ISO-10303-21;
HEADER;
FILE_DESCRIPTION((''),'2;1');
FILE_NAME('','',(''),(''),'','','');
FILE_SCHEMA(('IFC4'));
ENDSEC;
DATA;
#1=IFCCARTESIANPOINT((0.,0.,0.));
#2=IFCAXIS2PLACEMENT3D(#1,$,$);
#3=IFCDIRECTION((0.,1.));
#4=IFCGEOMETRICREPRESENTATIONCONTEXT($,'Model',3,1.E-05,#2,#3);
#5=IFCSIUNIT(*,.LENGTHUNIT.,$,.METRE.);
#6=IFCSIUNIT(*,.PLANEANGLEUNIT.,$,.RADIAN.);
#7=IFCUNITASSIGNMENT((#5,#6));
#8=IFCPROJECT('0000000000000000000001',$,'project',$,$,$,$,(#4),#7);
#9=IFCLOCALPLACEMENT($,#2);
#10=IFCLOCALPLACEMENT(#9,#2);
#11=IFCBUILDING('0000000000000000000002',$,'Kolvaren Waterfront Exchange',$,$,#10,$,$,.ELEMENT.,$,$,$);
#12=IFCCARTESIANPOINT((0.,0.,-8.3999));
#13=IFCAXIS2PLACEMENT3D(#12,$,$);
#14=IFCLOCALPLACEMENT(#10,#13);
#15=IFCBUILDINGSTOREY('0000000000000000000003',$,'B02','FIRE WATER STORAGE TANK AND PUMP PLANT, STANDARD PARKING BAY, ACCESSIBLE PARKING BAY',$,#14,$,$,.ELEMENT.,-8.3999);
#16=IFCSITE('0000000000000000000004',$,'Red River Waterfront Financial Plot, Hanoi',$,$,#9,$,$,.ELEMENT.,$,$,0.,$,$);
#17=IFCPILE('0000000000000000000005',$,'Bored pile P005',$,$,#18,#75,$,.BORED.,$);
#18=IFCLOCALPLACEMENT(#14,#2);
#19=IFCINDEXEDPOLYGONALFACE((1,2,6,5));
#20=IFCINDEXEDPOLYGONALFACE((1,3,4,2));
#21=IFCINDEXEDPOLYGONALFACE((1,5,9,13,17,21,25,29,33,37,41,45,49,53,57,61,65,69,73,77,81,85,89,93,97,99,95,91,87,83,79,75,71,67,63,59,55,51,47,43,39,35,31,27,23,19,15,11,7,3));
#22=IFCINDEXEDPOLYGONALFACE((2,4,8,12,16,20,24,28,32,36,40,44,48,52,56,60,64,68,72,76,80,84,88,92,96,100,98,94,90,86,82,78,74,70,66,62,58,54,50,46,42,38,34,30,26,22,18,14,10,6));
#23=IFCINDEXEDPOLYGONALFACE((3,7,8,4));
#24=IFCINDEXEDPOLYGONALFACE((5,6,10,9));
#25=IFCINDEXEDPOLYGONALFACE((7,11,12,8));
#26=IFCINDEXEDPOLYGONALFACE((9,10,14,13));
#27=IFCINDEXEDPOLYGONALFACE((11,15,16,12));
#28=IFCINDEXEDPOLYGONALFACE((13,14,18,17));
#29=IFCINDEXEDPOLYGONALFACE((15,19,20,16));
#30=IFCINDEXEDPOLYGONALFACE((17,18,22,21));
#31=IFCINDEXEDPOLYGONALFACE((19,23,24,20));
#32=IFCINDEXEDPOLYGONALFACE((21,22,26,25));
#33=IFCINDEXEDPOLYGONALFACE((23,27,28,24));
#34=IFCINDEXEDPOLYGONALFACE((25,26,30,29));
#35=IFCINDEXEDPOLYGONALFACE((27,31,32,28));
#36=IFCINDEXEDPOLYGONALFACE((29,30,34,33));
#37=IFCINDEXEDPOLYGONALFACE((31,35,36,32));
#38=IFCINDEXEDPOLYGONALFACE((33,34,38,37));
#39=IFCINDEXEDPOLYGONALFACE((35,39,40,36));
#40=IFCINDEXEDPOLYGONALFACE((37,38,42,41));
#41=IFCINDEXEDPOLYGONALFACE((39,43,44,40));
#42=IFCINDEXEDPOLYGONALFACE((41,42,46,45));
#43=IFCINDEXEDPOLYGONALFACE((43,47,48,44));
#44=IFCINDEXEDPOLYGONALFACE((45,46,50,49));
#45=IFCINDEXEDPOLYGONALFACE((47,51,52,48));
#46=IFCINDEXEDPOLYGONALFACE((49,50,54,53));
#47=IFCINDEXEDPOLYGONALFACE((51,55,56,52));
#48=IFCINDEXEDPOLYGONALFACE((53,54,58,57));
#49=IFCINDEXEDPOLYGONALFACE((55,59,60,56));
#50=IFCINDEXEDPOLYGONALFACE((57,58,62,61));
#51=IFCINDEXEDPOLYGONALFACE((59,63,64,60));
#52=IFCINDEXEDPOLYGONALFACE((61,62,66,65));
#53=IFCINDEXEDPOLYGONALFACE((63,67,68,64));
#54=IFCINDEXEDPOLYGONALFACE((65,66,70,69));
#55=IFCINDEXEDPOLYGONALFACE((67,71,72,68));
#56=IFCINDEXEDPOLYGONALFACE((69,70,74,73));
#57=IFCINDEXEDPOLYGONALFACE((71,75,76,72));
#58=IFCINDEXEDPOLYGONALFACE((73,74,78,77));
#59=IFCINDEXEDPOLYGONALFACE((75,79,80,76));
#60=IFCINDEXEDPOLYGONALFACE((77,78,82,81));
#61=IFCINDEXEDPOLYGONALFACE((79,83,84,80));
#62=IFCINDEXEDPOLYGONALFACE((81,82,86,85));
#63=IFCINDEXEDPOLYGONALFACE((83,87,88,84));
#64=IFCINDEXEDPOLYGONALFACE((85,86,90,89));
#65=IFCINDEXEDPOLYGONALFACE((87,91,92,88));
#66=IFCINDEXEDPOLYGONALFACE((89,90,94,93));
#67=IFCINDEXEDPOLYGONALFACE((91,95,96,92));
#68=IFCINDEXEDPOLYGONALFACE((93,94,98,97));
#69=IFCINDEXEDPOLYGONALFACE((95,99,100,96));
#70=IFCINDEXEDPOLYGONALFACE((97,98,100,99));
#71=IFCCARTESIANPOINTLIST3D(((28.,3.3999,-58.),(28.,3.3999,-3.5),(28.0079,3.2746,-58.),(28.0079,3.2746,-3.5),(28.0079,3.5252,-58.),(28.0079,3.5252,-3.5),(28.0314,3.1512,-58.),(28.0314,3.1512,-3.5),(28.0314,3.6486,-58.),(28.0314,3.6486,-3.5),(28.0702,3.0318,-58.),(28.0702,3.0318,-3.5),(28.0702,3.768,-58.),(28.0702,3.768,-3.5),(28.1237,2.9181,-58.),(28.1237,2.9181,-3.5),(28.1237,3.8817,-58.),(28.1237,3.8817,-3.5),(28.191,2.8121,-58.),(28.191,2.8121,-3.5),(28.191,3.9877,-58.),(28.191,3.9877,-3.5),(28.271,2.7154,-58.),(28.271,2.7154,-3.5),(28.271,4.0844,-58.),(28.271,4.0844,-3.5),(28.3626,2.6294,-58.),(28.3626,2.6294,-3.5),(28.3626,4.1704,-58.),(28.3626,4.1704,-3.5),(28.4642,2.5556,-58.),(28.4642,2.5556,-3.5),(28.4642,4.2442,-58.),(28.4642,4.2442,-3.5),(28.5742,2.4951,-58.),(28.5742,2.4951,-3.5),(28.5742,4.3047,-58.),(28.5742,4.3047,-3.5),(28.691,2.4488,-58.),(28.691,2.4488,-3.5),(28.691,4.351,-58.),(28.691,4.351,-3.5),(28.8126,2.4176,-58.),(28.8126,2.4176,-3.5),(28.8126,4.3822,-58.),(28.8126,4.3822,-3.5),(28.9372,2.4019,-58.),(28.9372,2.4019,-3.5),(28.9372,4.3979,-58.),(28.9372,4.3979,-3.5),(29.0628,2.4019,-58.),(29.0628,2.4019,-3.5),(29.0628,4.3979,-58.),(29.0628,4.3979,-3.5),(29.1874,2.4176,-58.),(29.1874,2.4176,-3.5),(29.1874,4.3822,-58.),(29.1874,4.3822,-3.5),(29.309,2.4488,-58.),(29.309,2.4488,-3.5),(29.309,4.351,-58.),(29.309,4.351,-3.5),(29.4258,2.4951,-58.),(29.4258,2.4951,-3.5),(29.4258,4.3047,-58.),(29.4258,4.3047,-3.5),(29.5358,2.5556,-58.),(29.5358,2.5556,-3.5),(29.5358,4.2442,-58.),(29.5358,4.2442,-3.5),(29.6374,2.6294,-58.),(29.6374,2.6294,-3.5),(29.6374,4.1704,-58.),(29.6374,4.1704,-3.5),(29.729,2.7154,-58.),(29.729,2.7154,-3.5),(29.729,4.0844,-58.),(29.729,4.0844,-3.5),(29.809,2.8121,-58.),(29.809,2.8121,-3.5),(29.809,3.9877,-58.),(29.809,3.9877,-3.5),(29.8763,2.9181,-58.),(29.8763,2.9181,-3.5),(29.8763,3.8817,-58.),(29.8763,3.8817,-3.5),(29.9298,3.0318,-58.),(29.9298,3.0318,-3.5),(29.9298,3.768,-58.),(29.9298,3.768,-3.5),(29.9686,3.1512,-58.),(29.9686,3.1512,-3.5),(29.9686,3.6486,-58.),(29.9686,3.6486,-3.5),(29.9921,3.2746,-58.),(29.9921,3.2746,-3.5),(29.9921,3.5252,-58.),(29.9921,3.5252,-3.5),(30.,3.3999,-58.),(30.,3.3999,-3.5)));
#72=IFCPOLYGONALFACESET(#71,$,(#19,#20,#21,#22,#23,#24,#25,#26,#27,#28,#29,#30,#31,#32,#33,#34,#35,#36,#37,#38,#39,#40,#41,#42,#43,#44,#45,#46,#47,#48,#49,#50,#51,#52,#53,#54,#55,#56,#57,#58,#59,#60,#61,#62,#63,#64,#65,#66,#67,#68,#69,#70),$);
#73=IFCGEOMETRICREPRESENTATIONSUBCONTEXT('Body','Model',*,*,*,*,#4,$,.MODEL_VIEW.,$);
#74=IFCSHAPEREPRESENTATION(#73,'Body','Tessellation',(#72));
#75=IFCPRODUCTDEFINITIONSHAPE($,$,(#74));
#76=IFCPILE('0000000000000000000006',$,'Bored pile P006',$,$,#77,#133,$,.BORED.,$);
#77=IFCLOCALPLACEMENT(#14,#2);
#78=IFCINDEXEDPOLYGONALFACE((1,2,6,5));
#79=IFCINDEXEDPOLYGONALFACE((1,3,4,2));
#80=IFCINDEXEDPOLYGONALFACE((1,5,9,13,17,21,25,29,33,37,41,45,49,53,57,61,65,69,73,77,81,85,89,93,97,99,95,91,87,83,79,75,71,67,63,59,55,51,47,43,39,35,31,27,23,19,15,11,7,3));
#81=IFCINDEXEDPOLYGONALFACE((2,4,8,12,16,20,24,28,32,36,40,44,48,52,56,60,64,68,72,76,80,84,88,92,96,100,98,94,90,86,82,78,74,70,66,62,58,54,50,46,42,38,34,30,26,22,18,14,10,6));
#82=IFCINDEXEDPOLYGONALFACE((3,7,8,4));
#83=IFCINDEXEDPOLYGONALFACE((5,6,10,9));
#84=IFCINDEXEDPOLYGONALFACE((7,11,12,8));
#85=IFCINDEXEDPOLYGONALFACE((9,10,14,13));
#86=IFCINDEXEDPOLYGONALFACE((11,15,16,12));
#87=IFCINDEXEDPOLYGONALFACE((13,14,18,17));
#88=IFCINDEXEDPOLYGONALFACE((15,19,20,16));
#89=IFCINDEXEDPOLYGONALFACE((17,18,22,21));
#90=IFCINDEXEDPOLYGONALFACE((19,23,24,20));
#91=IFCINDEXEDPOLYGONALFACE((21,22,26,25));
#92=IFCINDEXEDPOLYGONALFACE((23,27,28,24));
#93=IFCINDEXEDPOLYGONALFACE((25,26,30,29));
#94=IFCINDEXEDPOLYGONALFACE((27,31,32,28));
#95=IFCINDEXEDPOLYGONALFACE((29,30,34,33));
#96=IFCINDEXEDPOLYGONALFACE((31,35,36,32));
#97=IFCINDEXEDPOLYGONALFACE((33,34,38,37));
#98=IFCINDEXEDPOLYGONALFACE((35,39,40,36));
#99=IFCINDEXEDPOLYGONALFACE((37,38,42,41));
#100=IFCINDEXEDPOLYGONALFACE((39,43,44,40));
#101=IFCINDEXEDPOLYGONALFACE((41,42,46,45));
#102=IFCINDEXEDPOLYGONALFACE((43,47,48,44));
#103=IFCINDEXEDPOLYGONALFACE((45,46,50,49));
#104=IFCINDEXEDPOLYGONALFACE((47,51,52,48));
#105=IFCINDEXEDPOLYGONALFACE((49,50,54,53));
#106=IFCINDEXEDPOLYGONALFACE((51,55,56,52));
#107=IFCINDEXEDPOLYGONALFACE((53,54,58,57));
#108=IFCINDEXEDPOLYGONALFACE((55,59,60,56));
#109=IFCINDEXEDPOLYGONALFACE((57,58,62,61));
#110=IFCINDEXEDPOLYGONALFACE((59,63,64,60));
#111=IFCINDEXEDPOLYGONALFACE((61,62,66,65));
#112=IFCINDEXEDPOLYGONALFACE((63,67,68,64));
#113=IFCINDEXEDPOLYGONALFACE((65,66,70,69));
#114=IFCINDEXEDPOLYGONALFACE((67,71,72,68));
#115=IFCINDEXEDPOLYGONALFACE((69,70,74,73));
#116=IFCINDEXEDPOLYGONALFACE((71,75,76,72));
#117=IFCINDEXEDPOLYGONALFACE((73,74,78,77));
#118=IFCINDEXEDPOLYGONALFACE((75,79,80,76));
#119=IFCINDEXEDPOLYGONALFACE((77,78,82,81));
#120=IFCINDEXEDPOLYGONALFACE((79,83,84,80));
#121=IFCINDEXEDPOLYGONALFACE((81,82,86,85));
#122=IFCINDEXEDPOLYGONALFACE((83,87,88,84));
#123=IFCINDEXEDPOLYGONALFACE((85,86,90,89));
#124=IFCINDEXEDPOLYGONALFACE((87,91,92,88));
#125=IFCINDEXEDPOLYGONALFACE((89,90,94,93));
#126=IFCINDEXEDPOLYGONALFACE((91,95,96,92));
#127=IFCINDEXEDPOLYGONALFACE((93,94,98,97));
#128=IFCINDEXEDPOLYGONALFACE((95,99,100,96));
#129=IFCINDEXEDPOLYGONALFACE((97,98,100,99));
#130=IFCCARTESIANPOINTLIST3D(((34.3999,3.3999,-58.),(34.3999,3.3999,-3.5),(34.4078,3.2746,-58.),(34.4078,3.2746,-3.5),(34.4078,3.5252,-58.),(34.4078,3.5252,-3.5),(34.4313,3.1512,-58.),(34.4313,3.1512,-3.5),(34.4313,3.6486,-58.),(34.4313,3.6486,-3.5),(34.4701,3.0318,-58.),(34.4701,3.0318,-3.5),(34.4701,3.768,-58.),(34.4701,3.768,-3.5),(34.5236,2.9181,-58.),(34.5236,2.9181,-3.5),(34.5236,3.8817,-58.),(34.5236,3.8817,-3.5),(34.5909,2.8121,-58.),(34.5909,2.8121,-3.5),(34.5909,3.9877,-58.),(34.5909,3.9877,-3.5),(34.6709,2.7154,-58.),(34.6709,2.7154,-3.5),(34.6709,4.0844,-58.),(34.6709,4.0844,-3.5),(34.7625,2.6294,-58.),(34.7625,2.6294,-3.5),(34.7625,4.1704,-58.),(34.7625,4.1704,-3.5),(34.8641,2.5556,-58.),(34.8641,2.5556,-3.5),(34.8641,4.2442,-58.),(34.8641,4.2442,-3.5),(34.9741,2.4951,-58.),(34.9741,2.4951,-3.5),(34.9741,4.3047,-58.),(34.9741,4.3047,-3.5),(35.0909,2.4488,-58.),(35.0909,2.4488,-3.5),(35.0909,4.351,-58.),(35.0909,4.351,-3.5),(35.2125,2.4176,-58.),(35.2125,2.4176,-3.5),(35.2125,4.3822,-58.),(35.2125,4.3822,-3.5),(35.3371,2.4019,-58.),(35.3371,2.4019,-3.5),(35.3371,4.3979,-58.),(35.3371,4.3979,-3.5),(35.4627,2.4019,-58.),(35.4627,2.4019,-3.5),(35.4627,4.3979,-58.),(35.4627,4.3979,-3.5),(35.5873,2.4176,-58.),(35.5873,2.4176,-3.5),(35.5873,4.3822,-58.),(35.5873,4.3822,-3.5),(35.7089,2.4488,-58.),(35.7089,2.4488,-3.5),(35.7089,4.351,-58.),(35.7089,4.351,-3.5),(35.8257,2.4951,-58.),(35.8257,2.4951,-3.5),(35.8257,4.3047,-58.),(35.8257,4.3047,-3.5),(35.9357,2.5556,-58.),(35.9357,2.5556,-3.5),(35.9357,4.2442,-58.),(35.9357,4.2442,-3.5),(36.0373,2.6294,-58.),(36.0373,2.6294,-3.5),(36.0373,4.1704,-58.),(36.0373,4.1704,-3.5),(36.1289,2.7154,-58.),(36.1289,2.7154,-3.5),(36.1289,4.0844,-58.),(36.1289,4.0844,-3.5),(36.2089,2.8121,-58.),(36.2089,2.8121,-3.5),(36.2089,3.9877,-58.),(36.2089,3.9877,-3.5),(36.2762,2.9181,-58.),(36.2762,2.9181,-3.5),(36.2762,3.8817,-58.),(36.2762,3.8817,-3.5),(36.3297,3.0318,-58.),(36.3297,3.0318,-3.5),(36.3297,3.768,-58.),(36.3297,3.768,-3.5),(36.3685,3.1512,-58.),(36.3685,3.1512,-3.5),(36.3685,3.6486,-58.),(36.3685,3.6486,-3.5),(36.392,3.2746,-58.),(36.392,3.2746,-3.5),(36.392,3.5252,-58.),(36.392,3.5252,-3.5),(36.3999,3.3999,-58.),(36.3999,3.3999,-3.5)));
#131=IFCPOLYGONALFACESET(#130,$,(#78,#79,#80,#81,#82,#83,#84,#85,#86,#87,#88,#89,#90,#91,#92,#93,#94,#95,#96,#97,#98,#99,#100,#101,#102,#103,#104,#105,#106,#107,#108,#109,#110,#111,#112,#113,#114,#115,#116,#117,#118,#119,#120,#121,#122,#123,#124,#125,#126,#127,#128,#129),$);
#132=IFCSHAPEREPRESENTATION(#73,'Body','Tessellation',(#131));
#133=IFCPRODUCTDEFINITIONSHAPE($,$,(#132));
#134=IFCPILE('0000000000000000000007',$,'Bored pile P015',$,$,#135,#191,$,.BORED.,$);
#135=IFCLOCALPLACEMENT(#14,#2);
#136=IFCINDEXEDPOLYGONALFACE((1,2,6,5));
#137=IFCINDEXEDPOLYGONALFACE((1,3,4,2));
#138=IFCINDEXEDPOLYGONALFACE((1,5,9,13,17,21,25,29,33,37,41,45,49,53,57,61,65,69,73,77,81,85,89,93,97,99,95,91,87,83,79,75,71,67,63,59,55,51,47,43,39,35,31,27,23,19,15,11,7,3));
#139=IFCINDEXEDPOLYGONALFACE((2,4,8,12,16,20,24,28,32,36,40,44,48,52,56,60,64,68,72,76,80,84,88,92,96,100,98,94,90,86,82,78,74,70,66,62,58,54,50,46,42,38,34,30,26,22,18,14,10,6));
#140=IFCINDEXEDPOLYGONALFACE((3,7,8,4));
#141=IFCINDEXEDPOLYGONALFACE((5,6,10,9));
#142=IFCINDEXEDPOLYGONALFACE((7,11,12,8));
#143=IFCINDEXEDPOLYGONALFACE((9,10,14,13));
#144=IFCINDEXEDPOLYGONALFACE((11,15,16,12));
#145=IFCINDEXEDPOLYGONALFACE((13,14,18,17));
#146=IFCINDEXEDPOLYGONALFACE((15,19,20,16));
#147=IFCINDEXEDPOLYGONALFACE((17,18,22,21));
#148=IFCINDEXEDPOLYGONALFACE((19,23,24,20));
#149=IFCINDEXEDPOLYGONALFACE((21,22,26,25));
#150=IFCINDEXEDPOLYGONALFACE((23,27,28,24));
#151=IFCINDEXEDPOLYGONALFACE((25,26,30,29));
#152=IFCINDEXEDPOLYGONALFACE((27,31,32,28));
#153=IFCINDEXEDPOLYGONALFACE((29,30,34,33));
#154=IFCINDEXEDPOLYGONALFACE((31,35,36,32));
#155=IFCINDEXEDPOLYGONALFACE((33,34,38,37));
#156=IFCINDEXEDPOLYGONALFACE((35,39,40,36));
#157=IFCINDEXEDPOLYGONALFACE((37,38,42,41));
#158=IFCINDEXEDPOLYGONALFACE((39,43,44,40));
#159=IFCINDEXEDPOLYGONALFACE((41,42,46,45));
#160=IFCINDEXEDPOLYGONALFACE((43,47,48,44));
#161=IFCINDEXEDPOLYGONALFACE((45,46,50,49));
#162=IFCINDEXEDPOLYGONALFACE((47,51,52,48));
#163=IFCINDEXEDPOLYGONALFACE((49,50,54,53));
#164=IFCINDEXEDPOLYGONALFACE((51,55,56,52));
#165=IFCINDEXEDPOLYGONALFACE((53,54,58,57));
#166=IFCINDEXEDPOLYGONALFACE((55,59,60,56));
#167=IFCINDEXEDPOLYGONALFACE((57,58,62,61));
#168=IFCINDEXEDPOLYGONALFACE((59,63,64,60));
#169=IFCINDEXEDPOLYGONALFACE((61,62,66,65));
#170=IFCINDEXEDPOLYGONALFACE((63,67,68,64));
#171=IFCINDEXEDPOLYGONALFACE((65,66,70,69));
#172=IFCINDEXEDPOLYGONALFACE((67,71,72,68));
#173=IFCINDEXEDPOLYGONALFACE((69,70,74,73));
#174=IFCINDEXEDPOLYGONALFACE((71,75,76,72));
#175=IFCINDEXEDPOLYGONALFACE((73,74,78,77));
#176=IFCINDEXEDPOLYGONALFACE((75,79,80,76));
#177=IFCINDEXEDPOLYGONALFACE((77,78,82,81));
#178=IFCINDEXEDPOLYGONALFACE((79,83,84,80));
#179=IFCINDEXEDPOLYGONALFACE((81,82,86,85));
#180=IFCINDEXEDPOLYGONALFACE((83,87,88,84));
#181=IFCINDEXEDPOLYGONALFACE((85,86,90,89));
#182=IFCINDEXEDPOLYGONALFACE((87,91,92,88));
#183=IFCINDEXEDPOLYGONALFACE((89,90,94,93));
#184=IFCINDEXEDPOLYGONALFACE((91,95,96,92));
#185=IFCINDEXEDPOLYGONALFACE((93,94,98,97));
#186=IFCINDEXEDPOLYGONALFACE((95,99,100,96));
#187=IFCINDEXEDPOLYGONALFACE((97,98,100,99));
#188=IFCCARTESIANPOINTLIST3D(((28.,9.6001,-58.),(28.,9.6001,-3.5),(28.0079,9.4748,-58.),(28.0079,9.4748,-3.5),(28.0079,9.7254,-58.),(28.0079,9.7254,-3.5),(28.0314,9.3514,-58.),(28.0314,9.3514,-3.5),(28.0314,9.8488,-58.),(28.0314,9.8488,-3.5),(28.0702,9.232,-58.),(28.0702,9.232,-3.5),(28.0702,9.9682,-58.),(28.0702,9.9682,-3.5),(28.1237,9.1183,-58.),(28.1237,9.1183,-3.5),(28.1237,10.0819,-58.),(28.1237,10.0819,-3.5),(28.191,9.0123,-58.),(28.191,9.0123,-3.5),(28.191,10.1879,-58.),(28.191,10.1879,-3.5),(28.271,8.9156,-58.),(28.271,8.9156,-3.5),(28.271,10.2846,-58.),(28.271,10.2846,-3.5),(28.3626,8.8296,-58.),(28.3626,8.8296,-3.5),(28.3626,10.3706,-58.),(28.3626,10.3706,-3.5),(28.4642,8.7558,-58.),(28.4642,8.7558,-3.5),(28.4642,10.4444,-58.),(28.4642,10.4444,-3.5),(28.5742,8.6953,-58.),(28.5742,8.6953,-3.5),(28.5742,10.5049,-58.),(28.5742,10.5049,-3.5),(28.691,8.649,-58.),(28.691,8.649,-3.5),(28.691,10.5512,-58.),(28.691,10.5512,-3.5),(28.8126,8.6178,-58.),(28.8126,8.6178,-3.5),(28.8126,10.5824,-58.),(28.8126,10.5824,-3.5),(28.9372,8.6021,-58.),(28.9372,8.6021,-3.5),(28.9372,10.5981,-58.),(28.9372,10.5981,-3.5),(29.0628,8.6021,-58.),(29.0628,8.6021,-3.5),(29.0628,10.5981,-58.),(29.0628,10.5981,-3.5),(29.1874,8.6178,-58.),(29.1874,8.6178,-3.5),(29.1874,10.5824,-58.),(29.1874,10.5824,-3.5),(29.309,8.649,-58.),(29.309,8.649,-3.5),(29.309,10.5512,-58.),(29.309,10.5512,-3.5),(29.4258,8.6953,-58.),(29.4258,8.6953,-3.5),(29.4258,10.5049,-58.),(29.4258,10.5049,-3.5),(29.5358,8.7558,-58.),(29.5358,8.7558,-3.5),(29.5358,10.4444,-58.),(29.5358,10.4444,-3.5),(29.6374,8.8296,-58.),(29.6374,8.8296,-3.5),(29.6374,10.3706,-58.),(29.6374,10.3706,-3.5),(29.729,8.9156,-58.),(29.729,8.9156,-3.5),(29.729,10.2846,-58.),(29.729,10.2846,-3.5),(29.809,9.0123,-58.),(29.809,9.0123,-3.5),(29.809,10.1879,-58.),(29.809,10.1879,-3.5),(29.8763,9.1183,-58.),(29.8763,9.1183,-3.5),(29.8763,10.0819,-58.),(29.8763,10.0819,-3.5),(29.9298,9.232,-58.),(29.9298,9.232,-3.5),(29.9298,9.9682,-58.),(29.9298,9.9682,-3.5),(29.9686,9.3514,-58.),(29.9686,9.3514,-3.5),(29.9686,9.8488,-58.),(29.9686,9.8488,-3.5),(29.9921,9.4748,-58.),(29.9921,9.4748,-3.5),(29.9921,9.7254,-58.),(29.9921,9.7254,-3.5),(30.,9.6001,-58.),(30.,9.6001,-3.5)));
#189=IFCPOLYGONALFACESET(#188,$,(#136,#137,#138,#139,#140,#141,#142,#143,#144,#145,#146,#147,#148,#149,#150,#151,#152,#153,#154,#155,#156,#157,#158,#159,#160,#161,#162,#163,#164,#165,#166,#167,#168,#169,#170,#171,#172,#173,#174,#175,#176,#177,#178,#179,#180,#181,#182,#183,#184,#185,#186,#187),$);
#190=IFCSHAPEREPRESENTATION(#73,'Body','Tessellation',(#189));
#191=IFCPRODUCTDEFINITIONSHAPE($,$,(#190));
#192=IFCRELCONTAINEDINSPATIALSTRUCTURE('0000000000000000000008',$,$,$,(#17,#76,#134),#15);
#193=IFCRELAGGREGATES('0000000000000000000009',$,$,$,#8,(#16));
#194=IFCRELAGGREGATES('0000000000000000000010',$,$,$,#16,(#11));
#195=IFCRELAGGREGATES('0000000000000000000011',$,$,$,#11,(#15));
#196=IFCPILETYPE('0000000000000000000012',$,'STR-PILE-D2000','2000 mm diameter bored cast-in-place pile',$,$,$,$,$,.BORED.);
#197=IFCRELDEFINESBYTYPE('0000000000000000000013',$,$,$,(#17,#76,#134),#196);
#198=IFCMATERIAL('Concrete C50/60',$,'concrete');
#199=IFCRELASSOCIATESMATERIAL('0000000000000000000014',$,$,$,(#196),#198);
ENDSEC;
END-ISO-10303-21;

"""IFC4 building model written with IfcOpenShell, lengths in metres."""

from ifc_helpers import new_model, si_unit, direction, frame, origin, origin_2d, place, context, subcontext, project, spatial, circle, extrude, material, material_profile, profile_set, type_object, element, save


model = new_model("IFC4")

# Units and contexts
model_context = context("Model", 3, precision=1e-05, world=origin(), true_north=direction((0.0, 1.0)))
body_context = subcontext(model_context, "Body", "Model", "MODEL_VIEW")
ifc_project = project(units=[si_unit("LENGTHUNIT", "METRE"), si_unit("PLANEANGLEUNIT", "RADIAN")], contexts=[model_context])

# Site, building, storey
site_placement = place(None, origin())
site = spatial("IfcSite", under=ifc_project, at=site_placement, Name="Red River Waterfront Financial Plot, Hanoi", CompositionType="ELEMENT", RefElevation=0.0)
building_placement = place(site_placement, origin())
building = spatial("IfcBuilding", under=site, at=building_placement, Name="Kolvaren Waterfront Exchange", CompositionType="ELEMENT")
storey_placement = place(building_placement, frame((0.0, 0.0, -8.3999)))
storey = spatial("IfcBuildingStorey", under=building, at=storey_placement, Name="B02", Description="FIRE WATER STORAGE TANK AND PUMP PLANT, STANDARD PARKING BAY, ACCESSIBLE PARKING BAY", CompositionType="ELEMENT", Elevation=-8.3999)

# Piles
ifc_material_1 = material(Name="Concrete C50/60", Category="concrete")
ifc_material_profile_1 = material_profile(ifc_material_1, circle(Radius=1.0, at=origin_2d()), Name="RC-PILE-D2000")
ifc_profile_set_1 = profile_set([ifc_material_profile_1], Name="Concrete C50/60")
pile_type = type_object("IfcPileType", Name="STR-PILE-D2000", Description="2000 mm diameter bored cast-in-place pile", PredefinedType="BORED", material=ifc_profile_set_1)
for number, where, z_axis, x_axis, name in (
    (1, (29.0, 3.3999, -3.5), (0.0, 0.0, -1.0), (1.0, 0.0, 0.0), "Bored pile P005"),
    (2, (35.3999, 3.3999, -3.5), (0.0, 0.0, -1.0), (1.0, 0.0, 0.0), "Bored pile P006"),
    (3, (29.0, 9.6001, -3.5), (0.0, 0.0, -1.0), (1.0, 0.0, 0.0), "Bored pile P015"),
):
    element("IfcPile", number, at=place(storey_placement, frame(where, z_axis=z_axis, x_axis=x_axis)), inside=storey, type_object=pile_type, Name=name, PredefinedType="BORED", context=body_context, shape_type="SweptSolid", body=[
        extrude(circle(Radius=1.0, at=origin_2d()), origin(), (0.0, 0.0, 1.0), 54.5),
    ])

save(model, "model.ifc")
